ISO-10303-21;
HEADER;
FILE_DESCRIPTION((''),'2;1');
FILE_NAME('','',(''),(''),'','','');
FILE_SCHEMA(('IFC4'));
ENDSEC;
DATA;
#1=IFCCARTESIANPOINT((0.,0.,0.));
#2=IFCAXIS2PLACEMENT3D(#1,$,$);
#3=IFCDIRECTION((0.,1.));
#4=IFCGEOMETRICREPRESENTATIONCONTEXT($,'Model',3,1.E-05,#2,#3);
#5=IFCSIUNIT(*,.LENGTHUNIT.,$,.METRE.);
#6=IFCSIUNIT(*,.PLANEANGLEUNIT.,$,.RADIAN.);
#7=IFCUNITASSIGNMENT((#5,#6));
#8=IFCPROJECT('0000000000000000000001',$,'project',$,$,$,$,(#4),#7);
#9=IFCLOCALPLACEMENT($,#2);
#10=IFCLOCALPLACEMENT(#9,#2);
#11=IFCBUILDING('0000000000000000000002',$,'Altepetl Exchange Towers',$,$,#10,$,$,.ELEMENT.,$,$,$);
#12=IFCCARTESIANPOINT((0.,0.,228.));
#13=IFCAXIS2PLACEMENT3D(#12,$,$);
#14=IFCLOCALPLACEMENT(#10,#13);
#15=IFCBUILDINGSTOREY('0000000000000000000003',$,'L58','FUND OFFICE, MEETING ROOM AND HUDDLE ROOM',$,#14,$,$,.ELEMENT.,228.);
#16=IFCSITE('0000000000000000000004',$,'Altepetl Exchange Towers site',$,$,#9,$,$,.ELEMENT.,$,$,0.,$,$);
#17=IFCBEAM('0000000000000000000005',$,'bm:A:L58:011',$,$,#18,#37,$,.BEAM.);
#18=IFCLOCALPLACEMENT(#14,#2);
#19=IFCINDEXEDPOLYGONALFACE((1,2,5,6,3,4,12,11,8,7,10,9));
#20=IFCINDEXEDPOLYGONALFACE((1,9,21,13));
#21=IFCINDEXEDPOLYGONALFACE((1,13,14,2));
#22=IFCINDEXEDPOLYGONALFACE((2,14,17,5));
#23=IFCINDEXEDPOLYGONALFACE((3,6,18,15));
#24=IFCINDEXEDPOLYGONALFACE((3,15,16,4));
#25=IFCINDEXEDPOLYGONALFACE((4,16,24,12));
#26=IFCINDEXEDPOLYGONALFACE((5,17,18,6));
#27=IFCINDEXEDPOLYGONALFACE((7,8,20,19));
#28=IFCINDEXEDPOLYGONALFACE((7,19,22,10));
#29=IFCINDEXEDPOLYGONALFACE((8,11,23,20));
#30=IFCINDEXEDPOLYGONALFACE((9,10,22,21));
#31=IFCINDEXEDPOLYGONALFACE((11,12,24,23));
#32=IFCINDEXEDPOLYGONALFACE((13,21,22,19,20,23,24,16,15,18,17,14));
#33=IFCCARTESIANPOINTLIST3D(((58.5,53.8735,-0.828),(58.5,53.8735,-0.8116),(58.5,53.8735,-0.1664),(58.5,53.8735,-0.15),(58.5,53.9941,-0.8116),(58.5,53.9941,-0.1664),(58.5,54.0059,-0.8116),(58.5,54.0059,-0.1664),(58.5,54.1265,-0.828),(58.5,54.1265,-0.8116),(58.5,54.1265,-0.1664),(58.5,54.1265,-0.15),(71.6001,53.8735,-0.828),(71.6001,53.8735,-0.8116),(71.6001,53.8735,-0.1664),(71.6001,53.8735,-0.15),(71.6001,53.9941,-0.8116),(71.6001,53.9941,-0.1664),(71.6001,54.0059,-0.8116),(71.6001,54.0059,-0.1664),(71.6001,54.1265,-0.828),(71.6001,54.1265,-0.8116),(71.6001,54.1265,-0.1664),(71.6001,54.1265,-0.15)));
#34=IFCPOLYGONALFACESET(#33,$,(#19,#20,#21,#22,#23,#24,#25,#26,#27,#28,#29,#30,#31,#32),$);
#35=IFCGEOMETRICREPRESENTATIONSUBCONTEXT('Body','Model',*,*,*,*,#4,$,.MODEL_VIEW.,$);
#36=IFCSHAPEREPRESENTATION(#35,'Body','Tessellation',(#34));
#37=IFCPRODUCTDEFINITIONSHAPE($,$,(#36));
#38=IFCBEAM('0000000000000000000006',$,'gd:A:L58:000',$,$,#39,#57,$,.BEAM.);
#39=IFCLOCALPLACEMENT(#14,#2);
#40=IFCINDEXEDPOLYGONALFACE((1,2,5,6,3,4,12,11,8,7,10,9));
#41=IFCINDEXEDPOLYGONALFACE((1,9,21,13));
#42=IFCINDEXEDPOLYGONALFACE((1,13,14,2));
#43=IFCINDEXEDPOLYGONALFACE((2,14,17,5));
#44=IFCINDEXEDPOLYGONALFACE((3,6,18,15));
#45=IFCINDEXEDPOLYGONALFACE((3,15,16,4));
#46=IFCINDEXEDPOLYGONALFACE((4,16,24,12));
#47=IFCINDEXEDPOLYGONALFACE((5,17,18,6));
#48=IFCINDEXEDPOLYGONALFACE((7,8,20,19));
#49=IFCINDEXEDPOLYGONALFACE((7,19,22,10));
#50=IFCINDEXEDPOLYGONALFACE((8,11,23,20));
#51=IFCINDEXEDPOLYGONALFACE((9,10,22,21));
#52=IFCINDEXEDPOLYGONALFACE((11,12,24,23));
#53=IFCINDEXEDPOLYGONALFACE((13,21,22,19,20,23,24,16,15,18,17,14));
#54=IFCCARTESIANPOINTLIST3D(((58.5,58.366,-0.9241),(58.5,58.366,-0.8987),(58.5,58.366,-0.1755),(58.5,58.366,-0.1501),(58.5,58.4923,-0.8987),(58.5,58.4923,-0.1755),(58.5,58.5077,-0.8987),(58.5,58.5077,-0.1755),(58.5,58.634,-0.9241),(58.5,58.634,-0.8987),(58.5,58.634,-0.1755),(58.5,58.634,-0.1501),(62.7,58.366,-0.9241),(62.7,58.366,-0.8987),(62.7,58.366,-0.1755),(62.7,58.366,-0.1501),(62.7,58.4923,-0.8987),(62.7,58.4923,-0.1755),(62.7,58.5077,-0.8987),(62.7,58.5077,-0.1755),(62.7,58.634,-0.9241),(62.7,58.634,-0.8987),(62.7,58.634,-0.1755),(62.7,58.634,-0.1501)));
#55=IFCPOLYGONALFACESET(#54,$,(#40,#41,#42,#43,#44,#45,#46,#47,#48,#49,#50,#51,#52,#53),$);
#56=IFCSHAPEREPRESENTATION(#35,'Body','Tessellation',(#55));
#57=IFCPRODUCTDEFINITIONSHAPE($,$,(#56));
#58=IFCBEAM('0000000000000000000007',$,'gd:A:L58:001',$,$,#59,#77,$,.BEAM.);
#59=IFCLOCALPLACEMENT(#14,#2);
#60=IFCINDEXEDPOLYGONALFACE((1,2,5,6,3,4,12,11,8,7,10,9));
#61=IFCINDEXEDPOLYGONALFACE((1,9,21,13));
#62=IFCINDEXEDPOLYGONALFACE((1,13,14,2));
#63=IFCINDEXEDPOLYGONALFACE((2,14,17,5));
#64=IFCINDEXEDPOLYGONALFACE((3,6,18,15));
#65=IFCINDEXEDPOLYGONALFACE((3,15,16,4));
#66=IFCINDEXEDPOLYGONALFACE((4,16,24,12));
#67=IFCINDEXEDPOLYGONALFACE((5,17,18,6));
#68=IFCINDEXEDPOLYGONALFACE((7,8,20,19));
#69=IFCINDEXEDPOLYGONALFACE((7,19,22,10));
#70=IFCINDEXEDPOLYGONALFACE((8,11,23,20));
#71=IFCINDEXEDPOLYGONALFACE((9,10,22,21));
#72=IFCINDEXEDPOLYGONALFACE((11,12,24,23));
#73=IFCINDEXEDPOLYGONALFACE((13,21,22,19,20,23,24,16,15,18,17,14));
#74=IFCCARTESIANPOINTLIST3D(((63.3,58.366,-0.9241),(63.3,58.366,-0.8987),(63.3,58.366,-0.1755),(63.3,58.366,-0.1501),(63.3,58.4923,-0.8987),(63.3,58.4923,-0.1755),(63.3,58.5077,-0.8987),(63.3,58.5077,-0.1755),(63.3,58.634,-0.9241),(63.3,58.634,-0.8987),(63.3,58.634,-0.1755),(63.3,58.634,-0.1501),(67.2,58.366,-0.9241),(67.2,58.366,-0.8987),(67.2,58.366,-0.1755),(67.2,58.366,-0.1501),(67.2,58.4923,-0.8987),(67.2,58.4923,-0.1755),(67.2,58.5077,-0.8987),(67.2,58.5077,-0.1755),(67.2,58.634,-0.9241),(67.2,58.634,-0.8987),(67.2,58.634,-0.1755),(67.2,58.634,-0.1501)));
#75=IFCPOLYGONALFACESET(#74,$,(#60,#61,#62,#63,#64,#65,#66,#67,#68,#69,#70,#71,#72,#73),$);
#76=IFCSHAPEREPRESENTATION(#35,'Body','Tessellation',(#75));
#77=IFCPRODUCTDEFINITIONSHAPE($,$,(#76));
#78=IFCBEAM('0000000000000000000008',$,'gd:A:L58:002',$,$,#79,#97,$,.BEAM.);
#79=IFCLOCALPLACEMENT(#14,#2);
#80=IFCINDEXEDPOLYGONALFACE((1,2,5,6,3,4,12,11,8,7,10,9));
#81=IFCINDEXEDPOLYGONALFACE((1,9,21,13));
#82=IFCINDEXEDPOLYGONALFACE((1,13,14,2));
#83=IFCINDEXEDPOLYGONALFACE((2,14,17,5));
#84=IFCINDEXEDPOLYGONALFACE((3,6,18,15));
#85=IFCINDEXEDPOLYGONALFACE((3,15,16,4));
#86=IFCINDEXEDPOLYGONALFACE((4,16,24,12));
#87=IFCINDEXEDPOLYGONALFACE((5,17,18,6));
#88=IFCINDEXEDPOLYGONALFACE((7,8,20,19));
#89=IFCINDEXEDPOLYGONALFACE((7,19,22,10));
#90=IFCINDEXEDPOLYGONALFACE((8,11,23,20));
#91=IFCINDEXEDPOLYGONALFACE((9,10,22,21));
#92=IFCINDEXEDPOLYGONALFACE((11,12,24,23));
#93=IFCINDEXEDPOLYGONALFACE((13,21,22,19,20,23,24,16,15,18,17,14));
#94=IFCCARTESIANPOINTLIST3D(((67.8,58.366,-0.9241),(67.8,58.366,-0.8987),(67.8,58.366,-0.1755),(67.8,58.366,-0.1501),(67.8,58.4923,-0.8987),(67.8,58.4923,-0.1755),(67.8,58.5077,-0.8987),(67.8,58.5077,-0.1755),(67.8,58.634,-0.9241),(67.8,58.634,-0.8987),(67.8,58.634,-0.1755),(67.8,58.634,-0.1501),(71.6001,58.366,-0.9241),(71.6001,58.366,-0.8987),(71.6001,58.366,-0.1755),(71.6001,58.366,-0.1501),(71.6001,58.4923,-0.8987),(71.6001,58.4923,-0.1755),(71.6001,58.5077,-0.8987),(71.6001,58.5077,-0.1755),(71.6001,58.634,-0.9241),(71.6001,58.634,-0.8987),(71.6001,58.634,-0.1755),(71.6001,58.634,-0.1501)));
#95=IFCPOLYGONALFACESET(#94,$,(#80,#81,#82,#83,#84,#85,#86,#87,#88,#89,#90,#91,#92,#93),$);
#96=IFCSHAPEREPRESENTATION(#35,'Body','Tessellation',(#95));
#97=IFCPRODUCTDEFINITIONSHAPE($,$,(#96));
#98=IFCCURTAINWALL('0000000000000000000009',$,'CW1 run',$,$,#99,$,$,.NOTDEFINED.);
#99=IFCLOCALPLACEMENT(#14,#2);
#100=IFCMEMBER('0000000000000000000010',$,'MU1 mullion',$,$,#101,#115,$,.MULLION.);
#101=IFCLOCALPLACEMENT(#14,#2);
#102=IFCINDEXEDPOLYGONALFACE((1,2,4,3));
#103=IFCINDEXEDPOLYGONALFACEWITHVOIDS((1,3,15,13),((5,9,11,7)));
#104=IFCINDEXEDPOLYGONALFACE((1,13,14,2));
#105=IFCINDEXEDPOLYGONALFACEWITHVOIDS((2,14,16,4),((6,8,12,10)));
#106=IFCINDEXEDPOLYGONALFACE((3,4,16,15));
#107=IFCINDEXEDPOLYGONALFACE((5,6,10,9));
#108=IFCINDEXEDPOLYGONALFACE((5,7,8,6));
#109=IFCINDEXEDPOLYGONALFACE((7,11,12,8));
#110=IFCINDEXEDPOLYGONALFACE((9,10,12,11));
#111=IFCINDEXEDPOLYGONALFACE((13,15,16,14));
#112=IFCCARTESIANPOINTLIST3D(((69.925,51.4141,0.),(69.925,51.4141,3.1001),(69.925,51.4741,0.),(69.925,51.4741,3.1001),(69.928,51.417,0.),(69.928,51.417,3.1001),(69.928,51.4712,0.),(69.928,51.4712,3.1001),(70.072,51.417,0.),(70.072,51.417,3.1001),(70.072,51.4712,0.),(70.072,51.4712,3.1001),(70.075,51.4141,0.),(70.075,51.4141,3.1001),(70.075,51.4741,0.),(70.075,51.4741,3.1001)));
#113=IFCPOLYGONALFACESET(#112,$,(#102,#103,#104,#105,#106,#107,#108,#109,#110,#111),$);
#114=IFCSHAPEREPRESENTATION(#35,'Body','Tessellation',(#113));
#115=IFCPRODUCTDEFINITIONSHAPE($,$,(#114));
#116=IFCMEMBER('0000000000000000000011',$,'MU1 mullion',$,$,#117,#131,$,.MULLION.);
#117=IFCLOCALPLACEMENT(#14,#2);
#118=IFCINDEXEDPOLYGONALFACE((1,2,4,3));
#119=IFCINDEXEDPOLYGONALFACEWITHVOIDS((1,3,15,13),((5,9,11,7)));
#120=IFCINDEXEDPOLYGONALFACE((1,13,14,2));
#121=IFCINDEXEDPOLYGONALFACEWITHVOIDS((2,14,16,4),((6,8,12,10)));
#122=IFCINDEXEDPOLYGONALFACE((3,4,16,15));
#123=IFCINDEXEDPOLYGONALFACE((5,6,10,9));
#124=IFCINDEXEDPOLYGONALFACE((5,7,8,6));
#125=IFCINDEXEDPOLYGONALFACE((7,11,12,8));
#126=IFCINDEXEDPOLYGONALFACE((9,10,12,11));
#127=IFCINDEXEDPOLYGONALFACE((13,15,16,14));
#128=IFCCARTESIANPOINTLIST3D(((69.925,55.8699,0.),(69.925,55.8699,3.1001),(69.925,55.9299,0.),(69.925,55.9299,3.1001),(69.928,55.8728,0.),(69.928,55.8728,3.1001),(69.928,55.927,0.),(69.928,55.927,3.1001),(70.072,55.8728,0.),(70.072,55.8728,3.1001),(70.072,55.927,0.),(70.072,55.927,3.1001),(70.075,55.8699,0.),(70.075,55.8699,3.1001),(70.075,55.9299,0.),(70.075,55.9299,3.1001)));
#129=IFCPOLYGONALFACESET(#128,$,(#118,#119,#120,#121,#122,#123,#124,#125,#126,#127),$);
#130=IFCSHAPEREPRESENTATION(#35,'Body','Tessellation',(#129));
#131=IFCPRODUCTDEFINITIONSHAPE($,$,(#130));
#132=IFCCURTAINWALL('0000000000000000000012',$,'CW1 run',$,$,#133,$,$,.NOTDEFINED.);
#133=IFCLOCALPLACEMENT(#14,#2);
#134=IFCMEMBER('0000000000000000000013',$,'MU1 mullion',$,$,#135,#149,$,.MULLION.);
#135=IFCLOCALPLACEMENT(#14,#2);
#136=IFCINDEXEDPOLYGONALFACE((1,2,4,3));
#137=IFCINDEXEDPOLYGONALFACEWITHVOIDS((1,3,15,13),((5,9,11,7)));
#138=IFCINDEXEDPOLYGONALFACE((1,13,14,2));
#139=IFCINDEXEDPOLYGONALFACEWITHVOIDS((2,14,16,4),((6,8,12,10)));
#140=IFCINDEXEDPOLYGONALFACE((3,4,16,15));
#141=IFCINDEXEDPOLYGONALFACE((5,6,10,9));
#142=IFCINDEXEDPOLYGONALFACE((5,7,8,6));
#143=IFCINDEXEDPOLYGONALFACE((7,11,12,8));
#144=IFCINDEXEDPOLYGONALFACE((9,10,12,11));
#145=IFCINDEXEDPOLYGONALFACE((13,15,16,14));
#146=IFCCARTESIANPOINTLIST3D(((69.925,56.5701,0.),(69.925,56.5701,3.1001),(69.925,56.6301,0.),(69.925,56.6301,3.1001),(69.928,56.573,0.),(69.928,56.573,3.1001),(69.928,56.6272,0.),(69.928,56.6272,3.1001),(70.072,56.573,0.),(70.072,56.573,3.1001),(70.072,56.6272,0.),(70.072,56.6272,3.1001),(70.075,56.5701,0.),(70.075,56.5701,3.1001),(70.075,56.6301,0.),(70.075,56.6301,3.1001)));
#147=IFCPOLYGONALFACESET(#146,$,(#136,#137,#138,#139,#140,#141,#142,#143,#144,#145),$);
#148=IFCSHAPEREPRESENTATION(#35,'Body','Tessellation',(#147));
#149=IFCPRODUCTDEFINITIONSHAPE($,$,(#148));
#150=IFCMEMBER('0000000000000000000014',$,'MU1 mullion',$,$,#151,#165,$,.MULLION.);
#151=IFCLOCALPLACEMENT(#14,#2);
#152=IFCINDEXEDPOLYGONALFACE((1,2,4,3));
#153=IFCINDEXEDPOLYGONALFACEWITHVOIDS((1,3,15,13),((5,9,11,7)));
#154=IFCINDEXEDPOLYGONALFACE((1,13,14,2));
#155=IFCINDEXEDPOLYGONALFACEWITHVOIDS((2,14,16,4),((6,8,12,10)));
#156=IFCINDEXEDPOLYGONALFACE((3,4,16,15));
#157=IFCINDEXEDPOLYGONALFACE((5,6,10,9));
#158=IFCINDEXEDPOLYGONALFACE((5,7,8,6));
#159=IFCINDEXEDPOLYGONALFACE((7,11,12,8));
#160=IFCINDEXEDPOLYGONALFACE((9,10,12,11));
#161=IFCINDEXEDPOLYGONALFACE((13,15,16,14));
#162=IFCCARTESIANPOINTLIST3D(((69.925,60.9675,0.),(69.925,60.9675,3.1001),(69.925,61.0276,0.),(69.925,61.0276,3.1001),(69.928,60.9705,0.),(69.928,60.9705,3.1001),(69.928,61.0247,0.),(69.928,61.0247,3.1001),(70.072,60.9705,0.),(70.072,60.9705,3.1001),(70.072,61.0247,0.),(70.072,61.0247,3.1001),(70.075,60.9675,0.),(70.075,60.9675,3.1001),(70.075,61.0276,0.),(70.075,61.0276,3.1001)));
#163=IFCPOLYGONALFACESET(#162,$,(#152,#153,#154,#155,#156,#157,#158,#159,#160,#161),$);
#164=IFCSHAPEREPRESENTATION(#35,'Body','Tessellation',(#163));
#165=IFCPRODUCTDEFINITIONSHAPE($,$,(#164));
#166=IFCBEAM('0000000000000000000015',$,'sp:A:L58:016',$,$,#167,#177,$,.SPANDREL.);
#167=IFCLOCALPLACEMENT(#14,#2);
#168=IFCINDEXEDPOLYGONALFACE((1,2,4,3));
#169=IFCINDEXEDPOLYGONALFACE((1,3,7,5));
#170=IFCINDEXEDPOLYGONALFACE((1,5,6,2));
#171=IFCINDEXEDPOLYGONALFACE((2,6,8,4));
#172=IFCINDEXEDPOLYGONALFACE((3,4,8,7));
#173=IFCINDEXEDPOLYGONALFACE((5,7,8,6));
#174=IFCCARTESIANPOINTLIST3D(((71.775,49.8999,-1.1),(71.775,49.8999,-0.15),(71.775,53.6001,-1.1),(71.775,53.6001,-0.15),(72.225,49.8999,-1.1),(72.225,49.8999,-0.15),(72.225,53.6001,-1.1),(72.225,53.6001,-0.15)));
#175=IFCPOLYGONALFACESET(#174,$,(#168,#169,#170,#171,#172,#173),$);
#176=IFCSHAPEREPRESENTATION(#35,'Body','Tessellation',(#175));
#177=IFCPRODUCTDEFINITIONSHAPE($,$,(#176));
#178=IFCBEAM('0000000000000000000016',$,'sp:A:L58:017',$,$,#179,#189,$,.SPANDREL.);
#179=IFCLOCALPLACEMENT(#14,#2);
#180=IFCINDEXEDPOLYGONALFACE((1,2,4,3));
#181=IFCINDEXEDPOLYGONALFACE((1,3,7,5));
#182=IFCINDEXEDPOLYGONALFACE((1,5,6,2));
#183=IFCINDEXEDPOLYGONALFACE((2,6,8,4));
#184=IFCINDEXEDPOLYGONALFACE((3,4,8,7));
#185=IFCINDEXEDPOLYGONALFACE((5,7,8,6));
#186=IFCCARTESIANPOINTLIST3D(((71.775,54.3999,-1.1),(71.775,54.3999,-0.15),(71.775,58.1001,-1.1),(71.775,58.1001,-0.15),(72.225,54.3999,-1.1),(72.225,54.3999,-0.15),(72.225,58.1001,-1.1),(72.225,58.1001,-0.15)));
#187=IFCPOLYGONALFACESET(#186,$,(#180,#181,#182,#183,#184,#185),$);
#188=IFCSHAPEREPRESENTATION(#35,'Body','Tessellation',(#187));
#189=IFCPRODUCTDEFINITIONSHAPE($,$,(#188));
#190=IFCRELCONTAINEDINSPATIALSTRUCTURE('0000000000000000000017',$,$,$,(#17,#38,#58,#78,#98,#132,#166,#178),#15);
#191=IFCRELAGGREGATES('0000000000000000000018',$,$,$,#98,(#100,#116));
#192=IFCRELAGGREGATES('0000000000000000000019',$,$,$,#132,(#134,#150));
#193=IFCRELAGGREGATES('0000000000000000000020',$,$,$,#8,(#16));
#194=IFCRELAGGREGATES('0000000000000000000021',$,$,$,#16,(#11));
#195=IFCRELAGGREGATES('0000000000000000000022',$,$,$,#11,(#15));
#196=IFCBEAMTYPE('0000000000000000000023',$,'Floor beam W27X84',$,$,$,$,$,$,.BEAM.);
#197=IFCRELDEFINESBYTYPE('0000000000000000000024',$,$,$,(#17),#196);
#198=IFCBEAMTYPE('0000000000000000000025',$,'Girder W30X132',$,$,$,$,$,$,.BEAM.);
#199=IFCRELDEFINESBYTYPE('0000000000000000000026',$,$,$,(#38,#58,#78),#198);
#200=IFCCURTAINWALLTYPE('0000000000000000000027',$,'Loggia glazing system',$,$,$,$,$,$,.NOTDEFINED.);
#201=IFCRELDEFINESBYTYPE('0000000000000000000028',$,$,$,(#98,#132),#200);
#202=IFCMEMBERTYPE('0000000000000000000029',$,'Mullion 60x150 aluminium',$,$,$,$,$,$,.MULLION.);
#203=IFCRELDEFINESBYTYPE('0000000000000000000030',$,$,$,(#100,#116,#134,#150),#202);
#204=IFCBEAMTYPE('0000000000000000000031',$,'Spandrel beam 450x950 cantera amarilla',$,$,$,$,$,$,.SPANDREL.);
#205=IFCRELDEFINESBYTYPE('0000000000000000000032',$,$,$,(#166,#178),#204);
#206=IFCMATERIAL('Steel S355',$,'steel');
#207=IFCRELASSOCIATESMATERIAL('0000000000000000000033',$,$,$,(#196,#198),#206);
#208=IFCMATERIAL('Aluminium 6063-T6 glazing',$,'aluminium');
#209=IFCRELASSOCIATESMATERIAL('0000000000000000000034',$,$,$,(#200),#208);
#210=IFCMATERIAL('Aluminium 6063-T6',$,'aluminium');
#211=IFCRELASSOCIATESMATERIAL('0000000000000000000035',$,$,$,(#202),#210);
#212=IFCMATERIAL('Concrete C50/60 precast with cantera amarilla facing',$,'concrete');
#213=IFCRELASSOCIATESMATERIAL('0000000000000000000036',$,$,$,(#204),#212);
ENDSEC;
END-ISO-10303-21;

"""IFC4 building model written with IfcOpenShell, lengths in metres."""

from ifc_helpers import new_model, si_unit, direction, frame, origin, origin_2d, place, context, subcontext, project, spatial, rectangle, hollow_rectangle, i_section, extrude, material, material_profile, profile_set, type_object, element, aggregate, save


model = new_model("IFC4")

# Units and contexts
model_context = context("Model", 3, precision=1e-05, world=origin(), true_north=direction((0.0, 1.0)))
body_context = subcontext(model_context, "Body", "Model", "MODEL_VIEW")
ifc_project = project(units=[si_unit("LENGTHUNIT", "METRE"), si_unit("PLANEANGLEUNIT", "RADIAN")], contexts=[model_context])

# Site, building, storey
site_placement = place(None, origin())
site = spatial("IfcSite", under=ifc_project, at=site_placement, Name="Altepetl Exchange Towers site", CompositionType="ELEMENT", RefElevation=0.0)
building_placement = place(site_placement, origin())
building = spatial("IfcBuilding", under=site, at=building_placement, Name="Altepetl Exchange Towers", CompositionType="ELEMENT")
storey_placement = place(building_placement, frame((0.0, 0.0, 228.0)))
storey = spatial("IfcBuildingStorey", under=building, at=storey_placement, Name="L58", Description="FUND OFFICE, MEETING ROOM AND HUDDLE ROOM", CompositionType="ELEMENT", Elevation=228.0)

# Beams
ifc_material_1 = material(Name="Steel S355", Category="steel")
ifc_material_profile_1 = material_profile(ifc_material_1, i_section(OverallWidth=0.2529, OverallDepth=0.678, WebThickness=0.0117, FlangeThickness=0.0164, at=origin_2d()), Name="W27X84")
ifc_profile_set_1 = profile_set([ifc_material_profile_1], Name="Steel S355")
beam_type_1 = type_object("IfcBeamType", Name="Floor beam W27X84", PredefinedType="BEAM", material=ifc_profile_set_1)
for number, where, z_axis, x_axis, name in (
    (1, (58.5, 54.0, -0.489), (1.0, 0.0, 0.0), (0.0, 1.0, 0.0), "bm:A:L58:011"),
):
    element("IfcBeam", number, at=place(storey_placement, frame(where, z_axis=z_axis, x_axis=x_axis)), inside=storey, type_object=beam_type_1, Name=name, PredefinedType="BEAM", context=body_context, shape_type="SweptSolid", body=[
        extrude(i_section(OverallWidth=0.2529, OverallDepth=0.678, WebThickness=0.0117, FlangeThickness=0.0164, at=origin_2d()), origin(), (0.0, 0.0, 1.0), 13.1001),
    ])
ifc_material_profile_2 = material_profile(ifc_material_1, i_section(OverallWidth=0.2681, OverallDepth=0.7739, WebThickness=0.0154, FlangeThickness=0.0254, at=origin_2d()), Name="W30X132")
ifc_profile_set_2 = profile_set([ifc_material_profile_2], Name="Steel S355")
beam_type_2 = type_object("IfcBeamType", Name="Girder W30X132", PredefinedType="BEAM", material=ifc_profile_set_2)
beam_1_placement = place(storey_placement, frame((58.5, 58.5, -0.5371), z_axis=(1.0, 0.0, 0.0), x_axis=(0.0, 1.0, 0.0)))
element("IfcBeam", 2, at=beam_1_placement, inside=storey, type_object=beam_type_2, Name="gd:A:L58:000", PredefinedType="BEAM", context=body_context, shape_type="SweptSolid", body=[
    extrude(i_section(OverallWidth=0.2681, OverallDepth=0.7739, WebThickness=0.0154, FlangeThickness=0.0254, at=origin_2d()), origin(), (0.0, 0.0, 1.0), 4.2),
])
beam_2_placement = place(storey_placement, frame((63.3, 58.5, -0.5371), z_axis=(1.0, 0.0, 0.0), x_axis=(0.0, 1.0, 0.0)))
element("IfcBeam", 3, at=beam_2_placement, inside=storey, type_object=beam_type_2, Name="gd:A:L58:001", PredefinedType="BEAM", context=body_context, shape_type="SweptSolid", body=[
    extrude(i_section(OverallWidth=0.2681, OverallDepth=0.7739, WebThickness=0.0154, FlangeThickness=0.0254, at=origin_2d()), origin(), (0.0, 0.0, 1.0), 3.8999),
])
beam_3_placement = place(storey_placement, frame((67.8, 58.5, -0.5371), z_axis=(1.0, 0.0, 0.0), x_axis=(0.0, 1.0, 0.0)))
element("IfcBeam", 4, at=beam_3_placement, inside=storey, type_object=beam_type_2, Name="gd:A:L58:002", PredefinedType="BEAM", context=body_context, shape_type="SweptSolid", body=[
    extrude(i_section(OverallWidth=0.2681, OverallDepth=0.7739, WebThickness=0.0154, FlangeThickness=0.0254, at=origin_2d()), origin(), (0.0, 0.0, 1.0), 3.8),
])

# Curtain walls, members
ifc_material_2 = material(Name="Aluminium 6063-T6 glazing", Category="aluminium")
curtain_wall_type = type_object("IfcCurtainWallType", Name="Loggia glazing system", PredefinedType="NOTDEFINED", material=ifc_material_2)
curtain_wall_1_placement = place(storey_placement, origin())
curtain_wall_1 = element("IfcCurtainWall", 5, at=curtain_wall_1_placement, inside=storey, type_object=curtain_wall_type, Name="CW1 run", PredefinedType="NOTDEFINED")
ifc_material_3 = material(Name="Aluminium 6063-T6", Category="aluminium")
ifc_material_profile_3 = material_profile(ifc_material_3, hollow_rectangle(XDim=0.0601, YDim=0.1499, WallThickness=0.0029, at=origin_2d()), Name="Mullion 60x150 aluminium")
ifc_profile_set_3 = profile_set([ifc_material_profile_3], Name="Aluminium 6063-T6")
member_type = type_object("IfcMemberType", Name="Mullion 60x150 aluminium", PredefinedType="MULLION", material=ifc_profile_set_3)
member_1_placement = place(storey_placement, frame((70.0, 51.4441, 0.0), z_axis=(0.0, 0.0, 1.0), x_axis=(0.0, 1.0, 0.0)))
member_1 = element("IfcMember", 6, at=member_1_placement, type_object=member_type, Name="MU1 mullion", PredefinedType="MULLION", context=body_context, shape_type="SweptSolid", body=[
    extrude(hollow_rectangle(XDim=0.0601, YDim=0.1499, WallThickness=0.0029, at=origin_2d()), origin(), (0.0, 0.0, 1.0), 3.1001),
])
member_2_placement = place(storey_placement, frame((70.0, 55.8999, 0.0), z_axis=(0.0, 0.0, 1.0), x_axis=(0.0, 1.0, 0.0)))
member_2 = element("IfcMember", 7, at=member_2_placement, type_object=member_type, Name="MU1 mullion", PredefinedType="MULLION", context=body_context, shape_type="SweptSolid", body=[
    extrude(hollow_rectangle(XDim=0.0601, YDim=0.1499, WallThickness=0.0029, at=origin_2d()), origin(), (0.0, 0.0, 1.0), 3.1001),
])
curtain_wall_2_placement = place(storey_placement, origin())
curtain_wall_2 = element("IfcCurtainWall", 8, at=curtain_wall_2_placement, inside=storey, type_object=curtain_wall_type, Name="CW1 run", PredefinedType="NOTDEFINED")
member_3_placement = place(storey_placement, frame((70.0, 56.6001, 0.0), z_axis=(0.0, 0.0, 1.0), x_axis=(0.0, 1.0, 0.0)))
member_3 = element("IfcMember", 9, at=member_3_placement, type_object=member_type, Name="MU1 mullion", PredefinedType="MULLION", context=body_context, shape_type="SweptSolid", body=[
    extrude(hollow_rectangle(XDim=0.0601, YDim=0.1499, WallThickness=0.0029, at=origin_2d()), origin(), (0.0, 0.0, 1.0), 3.1001),
])
member_4_placement = place(storey_placement, frame((70.0, 60.9976, 0.0), z_axis=(0.0, 0.0, 1.0), x_axis=(0.0, 1.0, 0.0)))
member_4 = element("IfcMember", 10, at=member_4_placement, type_object=member_type, Name="MU1 mullion", PredefinedType="MULLION", context=body_context, shape_type="SweptSolid", body=[
    extrude(hollow_rectangle(XDim=0.0601, YDim=0.1499, WallThickness=0.0029, at=origin_2d()), origin(), (0.0, 0.0, 1.0), 3.1001),
])

# Beams
ifc_material_4 = material(Name="Concrete C50/60 precast with cantera amarilla facing", Category="concrete")
ifc_material_profile_4 = material_profile(ifc_material_4, rectangle(XDim=0.45, YDim=0.95, at=origin_2d()), Name="450 x 950")
ifc_profile_set_4 = profile_set([ifc_material_profile_4], Name="Concrete C50/60 precast with cantera amarilla facing")
beam_type_3 = type_object("IfcBeamType", Name="Spandrel beam 450x950 cantera amarilla", PredefinedType="SPANDREL", material=ifc_profile_set_4)
for number, where, z_axis, x_axis, name in (
    (11, (72.0, 49.8999, -0.625), (0.0, 1.0, 0.0), (-1.0, 0.0, 0.0), "sp:A:L58:016"),
    (12, (72.0, 54.3999, -0.625), (0.0, 1.0, 0.0), (-1.0, 0.0, 0.0), "sp:A:L58:017"),
):
    element("IfcBeam", number, at=place(storey_placement, frame(where, z_axis=z_axis, x_axis=x_axis)), inside=storey, type_object=beam_type_3, Name=name, PredefinedType="SPANDREL", context=body_context, shape_type="SweptSolid", body=[
        extrude(rectangle(XDim=0.45, YDim=0.95, at=origin_2d()), origin(), (0.0, 0.0, 1.0), 3.7002),
    ])

aggregate(curtain_wall_1, [member_1, member_2])
aggregate(curtain_wall_2, [member_3, member_4])

save(model, "model.ifc")
